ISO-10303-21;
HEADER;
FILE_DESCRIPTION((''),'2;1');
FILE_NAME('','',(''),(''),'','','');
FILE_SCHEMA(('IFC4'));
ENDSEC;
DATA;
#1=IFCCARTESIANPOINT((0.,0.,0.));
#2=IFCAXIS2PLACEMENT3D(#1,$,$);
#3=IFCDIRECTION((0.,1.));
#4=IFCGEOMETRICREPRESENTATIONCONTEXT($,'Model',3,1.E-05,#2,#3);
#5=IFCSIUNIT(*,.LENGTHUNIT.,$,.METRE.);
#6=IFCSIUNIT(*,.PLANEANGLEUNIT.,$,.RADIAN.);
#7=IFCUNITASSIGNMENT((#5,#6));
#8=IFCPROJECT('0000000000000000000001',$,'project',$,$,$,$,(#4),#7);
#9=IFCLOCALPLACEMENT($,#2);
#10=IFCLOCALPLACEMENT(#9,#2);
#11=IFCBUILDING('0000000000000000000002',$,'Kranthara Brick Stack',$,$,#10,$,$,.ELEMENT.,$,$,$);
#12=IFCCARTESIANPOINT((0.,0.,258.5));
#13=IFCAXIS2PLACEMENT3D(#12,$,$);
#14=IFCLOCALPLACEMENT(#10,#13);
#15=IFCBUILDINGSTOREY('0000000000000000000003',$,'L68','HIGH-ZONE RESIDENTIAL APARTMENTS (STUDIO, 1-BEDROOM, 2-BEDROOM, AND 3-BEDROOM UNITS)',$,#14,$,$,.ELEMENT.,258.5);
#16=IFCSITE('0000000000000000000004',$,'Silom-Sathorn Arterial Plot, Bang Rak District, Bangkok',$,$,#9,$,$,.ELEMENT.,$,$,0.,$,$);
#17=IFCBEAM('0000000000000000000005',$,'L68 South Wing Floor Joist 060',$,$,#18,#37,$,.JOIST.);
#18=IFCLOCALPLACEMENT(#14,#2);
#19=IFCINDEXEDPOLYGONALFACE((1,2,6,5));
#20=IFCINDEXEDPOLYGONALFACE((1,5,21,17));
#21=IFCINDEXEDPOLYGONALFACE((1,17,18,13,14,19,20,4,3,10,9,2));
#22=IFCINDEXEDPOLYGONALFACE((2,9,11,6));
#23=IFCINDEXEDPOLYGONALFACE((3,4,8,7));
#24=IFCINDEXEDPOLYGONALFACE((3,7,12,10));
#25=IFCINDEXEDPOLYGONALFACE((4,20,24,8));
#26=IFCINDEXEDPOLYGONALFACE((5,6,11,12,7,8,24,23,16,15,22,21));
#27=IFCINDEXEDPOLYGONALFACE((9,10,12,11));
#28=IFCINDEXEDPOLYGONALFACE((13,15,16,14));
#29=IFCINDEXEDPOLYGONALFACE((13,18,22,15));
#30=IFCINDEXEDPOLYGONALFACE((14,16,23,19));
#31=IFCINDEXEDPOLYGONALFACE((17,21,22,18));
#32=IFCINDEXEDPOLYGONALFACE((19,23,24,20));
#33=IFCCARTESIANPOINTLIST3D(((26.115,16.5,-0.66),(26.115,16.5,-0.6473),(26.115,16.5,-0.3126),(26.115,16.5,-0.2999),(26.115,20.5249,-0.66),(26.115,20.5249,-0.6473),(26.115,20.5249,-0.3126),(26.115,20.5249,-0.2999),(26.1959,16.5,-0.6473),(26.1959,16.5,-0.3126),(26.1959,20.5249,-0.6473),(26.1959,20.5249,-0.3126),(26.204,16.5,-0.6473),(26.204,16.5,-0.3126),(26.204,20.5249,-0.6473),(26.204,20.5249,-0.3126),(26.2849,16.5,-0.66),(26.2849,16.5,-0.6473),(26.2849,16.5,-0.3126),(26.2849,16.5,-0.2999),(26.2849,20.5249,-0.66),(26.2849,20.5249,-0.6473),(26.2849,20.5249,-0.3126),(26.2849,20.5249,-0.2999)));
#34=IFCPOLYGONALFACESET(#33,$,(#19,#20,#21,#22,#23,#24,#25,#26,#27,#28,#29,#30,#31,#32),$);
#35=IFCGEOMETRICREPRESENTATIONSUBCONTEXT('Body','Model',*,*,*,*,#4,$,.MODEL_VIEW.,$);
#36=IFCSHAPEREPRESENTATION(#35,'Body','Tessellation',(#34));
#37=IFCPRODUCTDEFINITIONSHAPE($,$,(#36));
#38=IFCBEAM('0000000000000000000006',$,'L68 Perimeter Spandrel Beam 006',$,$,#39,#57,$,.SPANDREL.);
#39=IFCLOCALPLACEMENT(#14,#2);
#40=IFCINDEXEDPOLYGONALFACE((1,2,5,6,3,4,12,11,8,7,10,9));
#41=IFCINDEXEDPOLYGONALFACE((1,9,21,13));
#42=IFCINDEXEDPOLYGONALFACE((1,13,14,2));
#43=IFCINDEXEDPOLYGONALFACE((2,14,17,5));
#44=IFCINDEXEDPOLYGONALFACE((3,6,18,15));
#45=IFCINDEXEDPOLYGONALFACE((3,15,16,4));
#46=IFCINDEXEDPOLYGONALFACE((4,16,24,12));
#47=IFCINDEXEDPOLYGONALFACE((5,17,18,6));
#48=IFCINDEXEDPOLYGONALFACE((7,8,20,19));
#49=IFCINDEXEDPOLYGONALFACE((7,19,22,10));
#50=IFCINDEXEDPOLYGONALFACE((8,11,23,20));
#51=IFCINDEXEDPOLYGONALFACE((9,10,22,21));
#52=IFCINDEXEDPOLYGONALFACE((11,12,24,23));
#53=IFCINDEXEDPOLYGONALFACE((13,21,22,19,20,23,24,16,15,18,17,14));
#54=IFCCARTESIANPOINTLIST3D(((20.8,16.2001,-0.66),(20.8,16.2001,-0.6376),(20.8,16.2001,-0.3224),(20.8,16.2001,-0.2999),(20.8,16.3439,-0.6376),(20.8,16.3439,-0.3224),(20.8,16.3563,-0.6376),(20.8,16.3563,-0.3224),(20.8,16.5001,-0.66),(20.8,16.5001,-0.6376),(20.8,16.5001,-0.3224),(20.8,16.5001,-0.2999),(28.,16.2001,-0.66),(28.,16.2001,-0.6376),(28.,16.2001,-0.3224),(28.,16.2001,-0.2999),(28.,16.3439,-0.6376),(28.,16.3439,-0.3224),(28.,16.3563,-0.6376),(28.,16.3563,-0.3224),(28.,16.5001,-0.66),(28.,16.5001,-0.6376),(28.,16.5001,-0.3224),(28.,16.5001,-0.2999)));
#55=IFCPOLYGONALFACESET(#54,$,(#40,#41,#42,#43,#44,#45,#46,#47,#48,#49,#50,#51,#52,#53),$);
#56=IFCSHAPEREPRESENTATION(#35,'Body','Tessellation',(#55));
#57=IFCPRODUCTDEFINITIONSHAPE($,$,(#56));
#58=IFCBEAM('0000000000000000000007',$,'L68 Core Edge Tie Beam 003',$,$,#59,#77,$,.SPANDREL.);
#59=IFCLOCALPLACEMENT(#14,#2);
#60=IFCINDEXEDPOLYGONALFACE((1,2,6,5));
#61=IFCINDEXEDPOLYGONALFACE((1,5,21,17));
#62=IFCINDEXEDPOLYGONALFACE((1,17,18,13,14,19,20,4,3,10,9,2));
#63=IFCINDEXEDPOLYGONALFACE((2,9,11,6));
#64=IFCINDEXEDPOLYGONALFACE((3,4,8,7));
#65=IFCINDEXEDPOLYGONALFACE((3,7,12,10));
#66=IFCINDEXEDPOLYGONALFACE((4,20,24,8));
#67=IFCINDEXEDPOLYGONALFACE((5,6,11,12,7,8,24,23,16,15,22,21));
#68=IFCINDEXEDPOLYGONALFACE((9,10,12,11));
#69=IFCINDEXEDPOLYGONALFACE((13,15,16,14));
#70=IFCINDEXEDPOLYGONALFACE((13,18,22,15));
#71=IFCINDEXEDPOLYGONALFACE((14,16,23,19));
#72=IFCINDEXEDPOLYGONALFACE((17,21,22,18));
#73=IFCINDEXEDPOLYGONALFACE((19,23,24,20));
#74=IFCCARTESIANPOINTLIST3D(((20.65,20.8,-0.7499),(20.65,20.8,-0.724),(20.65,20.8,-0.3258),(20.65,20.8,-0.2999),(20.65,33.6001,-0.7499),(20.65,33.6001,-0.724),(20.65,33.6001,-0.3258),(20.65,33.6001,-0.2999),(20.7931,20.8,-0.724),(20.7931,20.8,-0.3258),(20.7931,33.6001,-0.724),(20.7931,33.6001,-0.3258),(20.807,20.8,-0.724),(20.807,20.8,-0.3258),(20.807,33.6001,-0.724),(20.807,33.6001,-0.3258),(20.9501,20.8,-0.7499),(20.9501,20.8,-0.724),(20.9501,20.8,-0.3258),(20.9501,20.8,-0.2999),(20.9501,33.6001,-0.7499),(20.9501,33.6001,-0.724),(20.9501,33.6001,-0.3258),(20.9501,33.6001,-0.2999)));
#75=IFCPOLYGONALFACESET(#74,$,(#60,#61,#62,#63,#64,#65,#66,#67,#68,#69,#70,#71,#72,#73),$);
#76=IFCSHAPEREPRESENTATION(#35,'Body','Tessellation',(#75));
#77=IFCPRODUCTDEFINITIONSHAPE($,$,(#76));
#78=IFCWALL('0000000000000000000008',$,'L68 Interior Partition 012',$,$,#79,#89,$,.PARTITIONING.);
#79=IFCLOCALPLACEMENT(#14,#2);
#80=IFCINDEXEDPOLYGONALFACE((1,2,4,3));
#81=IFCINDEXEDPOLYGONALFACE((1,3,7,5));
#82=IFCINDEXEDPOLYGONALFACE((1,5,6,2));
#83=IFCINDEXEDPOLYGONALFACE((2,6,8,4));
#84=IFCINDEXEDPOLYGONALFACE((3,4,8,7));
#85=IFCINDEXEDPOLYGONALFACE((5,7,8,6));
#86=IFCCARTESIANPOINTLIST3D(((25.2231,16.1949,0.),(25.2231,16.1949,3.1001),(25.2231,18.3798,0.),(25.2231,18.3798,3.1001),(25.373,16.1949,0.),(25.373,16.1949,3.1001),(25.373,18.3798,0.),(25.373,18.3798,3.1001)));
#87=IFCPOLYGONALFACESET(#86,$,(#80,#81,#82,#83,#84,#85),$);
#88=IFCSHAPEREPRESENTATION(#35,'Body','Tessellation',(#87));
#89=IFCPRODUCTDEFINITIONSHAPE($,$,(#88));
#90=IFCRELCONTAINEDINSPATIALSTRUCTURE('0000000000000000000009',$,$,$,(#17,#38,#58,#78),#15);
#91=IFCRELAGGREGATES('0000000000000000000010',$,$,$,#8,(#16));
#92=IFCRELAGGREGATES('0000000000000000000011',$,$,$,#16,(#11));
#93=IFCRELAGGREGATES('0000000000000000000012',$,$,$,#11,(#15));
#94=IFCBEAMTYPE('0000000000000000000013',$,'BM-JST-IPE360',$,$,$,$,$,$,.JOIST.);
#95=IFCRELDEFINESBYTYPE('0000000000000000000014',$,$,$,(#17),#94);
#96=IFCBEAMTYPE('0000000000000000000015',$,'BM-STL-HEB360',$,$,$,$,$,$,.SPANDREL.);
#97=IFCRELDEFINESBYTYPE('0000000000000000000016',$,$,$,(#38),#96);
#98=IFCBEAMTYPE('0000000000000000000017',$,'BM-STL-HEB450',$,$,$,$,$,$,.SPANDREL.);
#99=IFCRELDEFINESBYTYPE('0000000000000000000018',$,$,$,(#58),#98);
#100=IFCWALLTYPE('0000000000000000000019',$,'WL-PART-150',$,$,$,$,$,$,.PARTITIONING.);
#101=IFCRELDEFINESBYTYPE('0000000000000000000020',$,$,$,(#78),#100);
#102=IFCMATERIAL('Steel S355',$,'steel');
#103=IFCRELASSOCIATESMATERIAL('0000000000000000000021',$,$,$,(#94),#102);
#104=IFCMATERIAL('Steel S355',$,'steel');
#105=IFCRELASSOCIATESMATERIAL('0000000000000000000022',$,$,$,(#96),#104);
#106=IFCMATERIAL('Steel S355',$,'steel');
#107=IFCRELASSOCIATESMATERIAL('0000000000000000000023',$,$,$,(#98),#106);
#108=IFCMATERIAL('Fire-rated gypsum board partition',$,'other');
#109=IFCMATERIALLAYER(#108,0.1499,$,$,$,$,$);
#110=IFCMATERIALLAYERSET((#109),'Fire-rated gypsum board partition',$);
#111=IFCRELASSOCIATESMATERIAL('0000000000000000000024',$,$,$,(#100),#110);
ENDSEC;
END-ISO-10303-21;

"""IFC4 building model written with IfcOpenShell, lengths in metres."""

from ifc_helpers import new_model, si_unit, direction, frame, frame_2d, origin, origin_2d, place, context, subcontext, project, spatial, rectangle, i_section, extrude, material, layer, layer_set, material_profile, profile_set, type_object, element, save


model = new_model("IFC4")

# Units and contexts
model_context = context("Model", 3, precision=1e-05, world=origin(), true_north=direction((0.0, 1.0)))
body_context = subcontext(model_context, "Body", "Model", "MODEL_VIEW")
ifc_project = project(units=[si_unit("LENGTHUNIT", "METRE"), si_unit("PLANEANGLEUNIT", "RADIAN")], contexts=[model_context])

# Site, building, storey
site_placement = place(None, origin())
site = spatial("IfcSite", under=ifc_project, at=site_placement, Name="Silom-Sathorn Arterial Plot, Bang Rak District, Bangkok", CompositionType="ELEMENT", RefElevation=0.0)
building_placement = place(site_placement, origin())
building = spatial("IfcBuilding", under=site, at=building_placement, Name="Kranthara Brick Stack", CompositionType="ELEMENT")
storey_placement = place(building_placement, frame((0.0, 0.0, 258.5)))
storey = spatial("IfcBuildingStorey", under=building, at=storey_placement, Name="L68", Description="HIGH-ZONE RESIDENTIAL APARTMENTS (STUDIO, 1-BEDROOM, 2-BEDROOM, AND 3-BEDROOM UNITS)", CompositionType="ELEMENT", Elevation=258.5)

# Beams
ifc_material_1 = material(Name="Steel S355", Category="steel")
ifc_material_profile_1 = material_profile(ifc_material_1, i_section(OverallWidth=0.1699, OverallDepth=0.3601, WebThickness=0.0081, FlangeThickness=0.0127, at=origin_2d()), Name="IPE 360")
ifc_profile_set_1 = profile_set([ifc_material_profile_1], Name="Steel S355")
beam_type_1 = type_object("IfcBeamType", Name="BM-JST-IPE360", PredefinedType="JOIST", material=ifc_profile_set_1)
for number, where, z_axis, x_axis, name in (
    (1, (26.2, 16.5, -0.48), (0.0, 1.0, 0.0), (-1.0, 0.0, 0.0), "L68 South Wing Floor Joist 060"),
):
    element("IfcBeam", number, at=place(storey_placement, frame(where, z_axis=z_axis, x_axis=x_axis)), inside=storey, type_object=beam_type_1, Name=name, PredefinedType="JOIST", context=body_context, shape_type="SweptSolid", body=[
        extrude(i_section(OverallWidth=0.1699, OverallDepth=0.3601, WebThickness=0.0081, FlangeThickness=0.0127, at=origin_2d()), origin(), (0.0, 0.0, 1.0), 4.0249),
    ])
ifc_material_2 = material(Name="Steel S355", Category="steel")
ifc_material_profile_2 = material_profile(ifc_material_2, i_section(OverallWidth=0.3, OverallDepth=0.3601, WebThickness=0.0125, FlangeThickness=0.0225, at=origin_2d()), Name="HEB 360")
ifc_profile_set_2 = profile_set([ifc_material_profile_2], Name="Steel S355")
beam_type_2 = type_object("IfcBeamType", Name="BM-STL-HEB360", PredefinedType="SPANDREL", material=ifc_profile_set_2)
beam_1_placement = place(storey_placement, frame((20.8, 16.3501, -0.48), z_axis=(1.0, 0.0, 0.0), x_axis=(0.0, 1.0, 0.0)))
element("IfcBeam", 2, at=beam_1_placement, inside=storey, type_object=beam_type_2, Name="L68 Perimeter Spandrel Beam 006", PredefinedType="SPANDREL", context=body_context, shape_type="SweptSolid", body=[
    extrude(i_section(OverallWidth=0.3, OverallDepth=0.3601, WebThickness=0.0125, FlangeThickness=0.0225, at=origin_2d()), origin(), (0.0, 0.0, 1.0), 7.2),
])
ifc_material_3 = material(Name="Steel S355", Category="steel")
ifc_material_profile_3 = material_profile(ifc_material_3, i_section(OverallWidth=0.3, OverallDepth=0.45, WebThickness=0.0139, FlangeThickness=0.0259, at=origin_2d()), Name="HEB 450")
ifc_profile_set_3 = profile_set([ifc_material_profile_3], Name="Steel S355")
beam_type_3 = type_object("IfcBeamType", Name="BM-STL-HEB450", PredefinedType="SPANDREL", material=ifc_profile_set_3)
beam_2_placement = place(storey_placement, frame((20.8, 20.8, -0.5249), z_axis=(0.0, 1.0, 0.0), x_axis=(-1.0, 0.0, 0.0)))
element("IfcBeam", 3, at=beam_2_placement, inside=storey, type_object=beam_type_3, Name="L68 Core Edge Tie Beam 003", PredefinedType="SPANDREL", context=body_context, shape_type="SweptSolid", body=[
    extrude(i_section(OverallWidth=0.3, OverallDepth=0.45, WebThickness=0.0139, FlangeThickness=0.0259, at=origin_2d()), origin(), (0.0, 0.0, 1.0), 12.8),
])

# Wall
ifc_material_4 = material(Name="Fire-rated gypsum board partition", Category="other")
ifc_layer_1 = layer(ifc_material_4, 0.1499)
ifc_layer_set_1 = layer_set([ifc_layer_1], Name="Fire-rated gypsum board partition")
wall_type_1 = type_object("IfcWallType", Name="WL-PART-150", PredefinedType="PARTITIONING", material=ifc_layer_set_1)
wall_1_placement = place(storey_placement, frame((25.2981, 16.1951, 0.0), z_axis=(0.0, 0.0, 1.0), x_axis=(0.0, 1.0, 0.0)))
element("IfcWall", 4, at=wall_1_placement, inside=storey, type_object=wall_type_1, Name="L68 Interior Partition 012", PredefinedType="PARTITIONING", context=body_context, shape_type="SweptSolid", body=[
    extrude(rectangle(XDim=2.1848, YDim=0.1499, at=frame_2d((1.0923, 0.0))), origin(), (0.0, 0.0, 1.0), 3.1001),
])

save(model, "model.ifc")
